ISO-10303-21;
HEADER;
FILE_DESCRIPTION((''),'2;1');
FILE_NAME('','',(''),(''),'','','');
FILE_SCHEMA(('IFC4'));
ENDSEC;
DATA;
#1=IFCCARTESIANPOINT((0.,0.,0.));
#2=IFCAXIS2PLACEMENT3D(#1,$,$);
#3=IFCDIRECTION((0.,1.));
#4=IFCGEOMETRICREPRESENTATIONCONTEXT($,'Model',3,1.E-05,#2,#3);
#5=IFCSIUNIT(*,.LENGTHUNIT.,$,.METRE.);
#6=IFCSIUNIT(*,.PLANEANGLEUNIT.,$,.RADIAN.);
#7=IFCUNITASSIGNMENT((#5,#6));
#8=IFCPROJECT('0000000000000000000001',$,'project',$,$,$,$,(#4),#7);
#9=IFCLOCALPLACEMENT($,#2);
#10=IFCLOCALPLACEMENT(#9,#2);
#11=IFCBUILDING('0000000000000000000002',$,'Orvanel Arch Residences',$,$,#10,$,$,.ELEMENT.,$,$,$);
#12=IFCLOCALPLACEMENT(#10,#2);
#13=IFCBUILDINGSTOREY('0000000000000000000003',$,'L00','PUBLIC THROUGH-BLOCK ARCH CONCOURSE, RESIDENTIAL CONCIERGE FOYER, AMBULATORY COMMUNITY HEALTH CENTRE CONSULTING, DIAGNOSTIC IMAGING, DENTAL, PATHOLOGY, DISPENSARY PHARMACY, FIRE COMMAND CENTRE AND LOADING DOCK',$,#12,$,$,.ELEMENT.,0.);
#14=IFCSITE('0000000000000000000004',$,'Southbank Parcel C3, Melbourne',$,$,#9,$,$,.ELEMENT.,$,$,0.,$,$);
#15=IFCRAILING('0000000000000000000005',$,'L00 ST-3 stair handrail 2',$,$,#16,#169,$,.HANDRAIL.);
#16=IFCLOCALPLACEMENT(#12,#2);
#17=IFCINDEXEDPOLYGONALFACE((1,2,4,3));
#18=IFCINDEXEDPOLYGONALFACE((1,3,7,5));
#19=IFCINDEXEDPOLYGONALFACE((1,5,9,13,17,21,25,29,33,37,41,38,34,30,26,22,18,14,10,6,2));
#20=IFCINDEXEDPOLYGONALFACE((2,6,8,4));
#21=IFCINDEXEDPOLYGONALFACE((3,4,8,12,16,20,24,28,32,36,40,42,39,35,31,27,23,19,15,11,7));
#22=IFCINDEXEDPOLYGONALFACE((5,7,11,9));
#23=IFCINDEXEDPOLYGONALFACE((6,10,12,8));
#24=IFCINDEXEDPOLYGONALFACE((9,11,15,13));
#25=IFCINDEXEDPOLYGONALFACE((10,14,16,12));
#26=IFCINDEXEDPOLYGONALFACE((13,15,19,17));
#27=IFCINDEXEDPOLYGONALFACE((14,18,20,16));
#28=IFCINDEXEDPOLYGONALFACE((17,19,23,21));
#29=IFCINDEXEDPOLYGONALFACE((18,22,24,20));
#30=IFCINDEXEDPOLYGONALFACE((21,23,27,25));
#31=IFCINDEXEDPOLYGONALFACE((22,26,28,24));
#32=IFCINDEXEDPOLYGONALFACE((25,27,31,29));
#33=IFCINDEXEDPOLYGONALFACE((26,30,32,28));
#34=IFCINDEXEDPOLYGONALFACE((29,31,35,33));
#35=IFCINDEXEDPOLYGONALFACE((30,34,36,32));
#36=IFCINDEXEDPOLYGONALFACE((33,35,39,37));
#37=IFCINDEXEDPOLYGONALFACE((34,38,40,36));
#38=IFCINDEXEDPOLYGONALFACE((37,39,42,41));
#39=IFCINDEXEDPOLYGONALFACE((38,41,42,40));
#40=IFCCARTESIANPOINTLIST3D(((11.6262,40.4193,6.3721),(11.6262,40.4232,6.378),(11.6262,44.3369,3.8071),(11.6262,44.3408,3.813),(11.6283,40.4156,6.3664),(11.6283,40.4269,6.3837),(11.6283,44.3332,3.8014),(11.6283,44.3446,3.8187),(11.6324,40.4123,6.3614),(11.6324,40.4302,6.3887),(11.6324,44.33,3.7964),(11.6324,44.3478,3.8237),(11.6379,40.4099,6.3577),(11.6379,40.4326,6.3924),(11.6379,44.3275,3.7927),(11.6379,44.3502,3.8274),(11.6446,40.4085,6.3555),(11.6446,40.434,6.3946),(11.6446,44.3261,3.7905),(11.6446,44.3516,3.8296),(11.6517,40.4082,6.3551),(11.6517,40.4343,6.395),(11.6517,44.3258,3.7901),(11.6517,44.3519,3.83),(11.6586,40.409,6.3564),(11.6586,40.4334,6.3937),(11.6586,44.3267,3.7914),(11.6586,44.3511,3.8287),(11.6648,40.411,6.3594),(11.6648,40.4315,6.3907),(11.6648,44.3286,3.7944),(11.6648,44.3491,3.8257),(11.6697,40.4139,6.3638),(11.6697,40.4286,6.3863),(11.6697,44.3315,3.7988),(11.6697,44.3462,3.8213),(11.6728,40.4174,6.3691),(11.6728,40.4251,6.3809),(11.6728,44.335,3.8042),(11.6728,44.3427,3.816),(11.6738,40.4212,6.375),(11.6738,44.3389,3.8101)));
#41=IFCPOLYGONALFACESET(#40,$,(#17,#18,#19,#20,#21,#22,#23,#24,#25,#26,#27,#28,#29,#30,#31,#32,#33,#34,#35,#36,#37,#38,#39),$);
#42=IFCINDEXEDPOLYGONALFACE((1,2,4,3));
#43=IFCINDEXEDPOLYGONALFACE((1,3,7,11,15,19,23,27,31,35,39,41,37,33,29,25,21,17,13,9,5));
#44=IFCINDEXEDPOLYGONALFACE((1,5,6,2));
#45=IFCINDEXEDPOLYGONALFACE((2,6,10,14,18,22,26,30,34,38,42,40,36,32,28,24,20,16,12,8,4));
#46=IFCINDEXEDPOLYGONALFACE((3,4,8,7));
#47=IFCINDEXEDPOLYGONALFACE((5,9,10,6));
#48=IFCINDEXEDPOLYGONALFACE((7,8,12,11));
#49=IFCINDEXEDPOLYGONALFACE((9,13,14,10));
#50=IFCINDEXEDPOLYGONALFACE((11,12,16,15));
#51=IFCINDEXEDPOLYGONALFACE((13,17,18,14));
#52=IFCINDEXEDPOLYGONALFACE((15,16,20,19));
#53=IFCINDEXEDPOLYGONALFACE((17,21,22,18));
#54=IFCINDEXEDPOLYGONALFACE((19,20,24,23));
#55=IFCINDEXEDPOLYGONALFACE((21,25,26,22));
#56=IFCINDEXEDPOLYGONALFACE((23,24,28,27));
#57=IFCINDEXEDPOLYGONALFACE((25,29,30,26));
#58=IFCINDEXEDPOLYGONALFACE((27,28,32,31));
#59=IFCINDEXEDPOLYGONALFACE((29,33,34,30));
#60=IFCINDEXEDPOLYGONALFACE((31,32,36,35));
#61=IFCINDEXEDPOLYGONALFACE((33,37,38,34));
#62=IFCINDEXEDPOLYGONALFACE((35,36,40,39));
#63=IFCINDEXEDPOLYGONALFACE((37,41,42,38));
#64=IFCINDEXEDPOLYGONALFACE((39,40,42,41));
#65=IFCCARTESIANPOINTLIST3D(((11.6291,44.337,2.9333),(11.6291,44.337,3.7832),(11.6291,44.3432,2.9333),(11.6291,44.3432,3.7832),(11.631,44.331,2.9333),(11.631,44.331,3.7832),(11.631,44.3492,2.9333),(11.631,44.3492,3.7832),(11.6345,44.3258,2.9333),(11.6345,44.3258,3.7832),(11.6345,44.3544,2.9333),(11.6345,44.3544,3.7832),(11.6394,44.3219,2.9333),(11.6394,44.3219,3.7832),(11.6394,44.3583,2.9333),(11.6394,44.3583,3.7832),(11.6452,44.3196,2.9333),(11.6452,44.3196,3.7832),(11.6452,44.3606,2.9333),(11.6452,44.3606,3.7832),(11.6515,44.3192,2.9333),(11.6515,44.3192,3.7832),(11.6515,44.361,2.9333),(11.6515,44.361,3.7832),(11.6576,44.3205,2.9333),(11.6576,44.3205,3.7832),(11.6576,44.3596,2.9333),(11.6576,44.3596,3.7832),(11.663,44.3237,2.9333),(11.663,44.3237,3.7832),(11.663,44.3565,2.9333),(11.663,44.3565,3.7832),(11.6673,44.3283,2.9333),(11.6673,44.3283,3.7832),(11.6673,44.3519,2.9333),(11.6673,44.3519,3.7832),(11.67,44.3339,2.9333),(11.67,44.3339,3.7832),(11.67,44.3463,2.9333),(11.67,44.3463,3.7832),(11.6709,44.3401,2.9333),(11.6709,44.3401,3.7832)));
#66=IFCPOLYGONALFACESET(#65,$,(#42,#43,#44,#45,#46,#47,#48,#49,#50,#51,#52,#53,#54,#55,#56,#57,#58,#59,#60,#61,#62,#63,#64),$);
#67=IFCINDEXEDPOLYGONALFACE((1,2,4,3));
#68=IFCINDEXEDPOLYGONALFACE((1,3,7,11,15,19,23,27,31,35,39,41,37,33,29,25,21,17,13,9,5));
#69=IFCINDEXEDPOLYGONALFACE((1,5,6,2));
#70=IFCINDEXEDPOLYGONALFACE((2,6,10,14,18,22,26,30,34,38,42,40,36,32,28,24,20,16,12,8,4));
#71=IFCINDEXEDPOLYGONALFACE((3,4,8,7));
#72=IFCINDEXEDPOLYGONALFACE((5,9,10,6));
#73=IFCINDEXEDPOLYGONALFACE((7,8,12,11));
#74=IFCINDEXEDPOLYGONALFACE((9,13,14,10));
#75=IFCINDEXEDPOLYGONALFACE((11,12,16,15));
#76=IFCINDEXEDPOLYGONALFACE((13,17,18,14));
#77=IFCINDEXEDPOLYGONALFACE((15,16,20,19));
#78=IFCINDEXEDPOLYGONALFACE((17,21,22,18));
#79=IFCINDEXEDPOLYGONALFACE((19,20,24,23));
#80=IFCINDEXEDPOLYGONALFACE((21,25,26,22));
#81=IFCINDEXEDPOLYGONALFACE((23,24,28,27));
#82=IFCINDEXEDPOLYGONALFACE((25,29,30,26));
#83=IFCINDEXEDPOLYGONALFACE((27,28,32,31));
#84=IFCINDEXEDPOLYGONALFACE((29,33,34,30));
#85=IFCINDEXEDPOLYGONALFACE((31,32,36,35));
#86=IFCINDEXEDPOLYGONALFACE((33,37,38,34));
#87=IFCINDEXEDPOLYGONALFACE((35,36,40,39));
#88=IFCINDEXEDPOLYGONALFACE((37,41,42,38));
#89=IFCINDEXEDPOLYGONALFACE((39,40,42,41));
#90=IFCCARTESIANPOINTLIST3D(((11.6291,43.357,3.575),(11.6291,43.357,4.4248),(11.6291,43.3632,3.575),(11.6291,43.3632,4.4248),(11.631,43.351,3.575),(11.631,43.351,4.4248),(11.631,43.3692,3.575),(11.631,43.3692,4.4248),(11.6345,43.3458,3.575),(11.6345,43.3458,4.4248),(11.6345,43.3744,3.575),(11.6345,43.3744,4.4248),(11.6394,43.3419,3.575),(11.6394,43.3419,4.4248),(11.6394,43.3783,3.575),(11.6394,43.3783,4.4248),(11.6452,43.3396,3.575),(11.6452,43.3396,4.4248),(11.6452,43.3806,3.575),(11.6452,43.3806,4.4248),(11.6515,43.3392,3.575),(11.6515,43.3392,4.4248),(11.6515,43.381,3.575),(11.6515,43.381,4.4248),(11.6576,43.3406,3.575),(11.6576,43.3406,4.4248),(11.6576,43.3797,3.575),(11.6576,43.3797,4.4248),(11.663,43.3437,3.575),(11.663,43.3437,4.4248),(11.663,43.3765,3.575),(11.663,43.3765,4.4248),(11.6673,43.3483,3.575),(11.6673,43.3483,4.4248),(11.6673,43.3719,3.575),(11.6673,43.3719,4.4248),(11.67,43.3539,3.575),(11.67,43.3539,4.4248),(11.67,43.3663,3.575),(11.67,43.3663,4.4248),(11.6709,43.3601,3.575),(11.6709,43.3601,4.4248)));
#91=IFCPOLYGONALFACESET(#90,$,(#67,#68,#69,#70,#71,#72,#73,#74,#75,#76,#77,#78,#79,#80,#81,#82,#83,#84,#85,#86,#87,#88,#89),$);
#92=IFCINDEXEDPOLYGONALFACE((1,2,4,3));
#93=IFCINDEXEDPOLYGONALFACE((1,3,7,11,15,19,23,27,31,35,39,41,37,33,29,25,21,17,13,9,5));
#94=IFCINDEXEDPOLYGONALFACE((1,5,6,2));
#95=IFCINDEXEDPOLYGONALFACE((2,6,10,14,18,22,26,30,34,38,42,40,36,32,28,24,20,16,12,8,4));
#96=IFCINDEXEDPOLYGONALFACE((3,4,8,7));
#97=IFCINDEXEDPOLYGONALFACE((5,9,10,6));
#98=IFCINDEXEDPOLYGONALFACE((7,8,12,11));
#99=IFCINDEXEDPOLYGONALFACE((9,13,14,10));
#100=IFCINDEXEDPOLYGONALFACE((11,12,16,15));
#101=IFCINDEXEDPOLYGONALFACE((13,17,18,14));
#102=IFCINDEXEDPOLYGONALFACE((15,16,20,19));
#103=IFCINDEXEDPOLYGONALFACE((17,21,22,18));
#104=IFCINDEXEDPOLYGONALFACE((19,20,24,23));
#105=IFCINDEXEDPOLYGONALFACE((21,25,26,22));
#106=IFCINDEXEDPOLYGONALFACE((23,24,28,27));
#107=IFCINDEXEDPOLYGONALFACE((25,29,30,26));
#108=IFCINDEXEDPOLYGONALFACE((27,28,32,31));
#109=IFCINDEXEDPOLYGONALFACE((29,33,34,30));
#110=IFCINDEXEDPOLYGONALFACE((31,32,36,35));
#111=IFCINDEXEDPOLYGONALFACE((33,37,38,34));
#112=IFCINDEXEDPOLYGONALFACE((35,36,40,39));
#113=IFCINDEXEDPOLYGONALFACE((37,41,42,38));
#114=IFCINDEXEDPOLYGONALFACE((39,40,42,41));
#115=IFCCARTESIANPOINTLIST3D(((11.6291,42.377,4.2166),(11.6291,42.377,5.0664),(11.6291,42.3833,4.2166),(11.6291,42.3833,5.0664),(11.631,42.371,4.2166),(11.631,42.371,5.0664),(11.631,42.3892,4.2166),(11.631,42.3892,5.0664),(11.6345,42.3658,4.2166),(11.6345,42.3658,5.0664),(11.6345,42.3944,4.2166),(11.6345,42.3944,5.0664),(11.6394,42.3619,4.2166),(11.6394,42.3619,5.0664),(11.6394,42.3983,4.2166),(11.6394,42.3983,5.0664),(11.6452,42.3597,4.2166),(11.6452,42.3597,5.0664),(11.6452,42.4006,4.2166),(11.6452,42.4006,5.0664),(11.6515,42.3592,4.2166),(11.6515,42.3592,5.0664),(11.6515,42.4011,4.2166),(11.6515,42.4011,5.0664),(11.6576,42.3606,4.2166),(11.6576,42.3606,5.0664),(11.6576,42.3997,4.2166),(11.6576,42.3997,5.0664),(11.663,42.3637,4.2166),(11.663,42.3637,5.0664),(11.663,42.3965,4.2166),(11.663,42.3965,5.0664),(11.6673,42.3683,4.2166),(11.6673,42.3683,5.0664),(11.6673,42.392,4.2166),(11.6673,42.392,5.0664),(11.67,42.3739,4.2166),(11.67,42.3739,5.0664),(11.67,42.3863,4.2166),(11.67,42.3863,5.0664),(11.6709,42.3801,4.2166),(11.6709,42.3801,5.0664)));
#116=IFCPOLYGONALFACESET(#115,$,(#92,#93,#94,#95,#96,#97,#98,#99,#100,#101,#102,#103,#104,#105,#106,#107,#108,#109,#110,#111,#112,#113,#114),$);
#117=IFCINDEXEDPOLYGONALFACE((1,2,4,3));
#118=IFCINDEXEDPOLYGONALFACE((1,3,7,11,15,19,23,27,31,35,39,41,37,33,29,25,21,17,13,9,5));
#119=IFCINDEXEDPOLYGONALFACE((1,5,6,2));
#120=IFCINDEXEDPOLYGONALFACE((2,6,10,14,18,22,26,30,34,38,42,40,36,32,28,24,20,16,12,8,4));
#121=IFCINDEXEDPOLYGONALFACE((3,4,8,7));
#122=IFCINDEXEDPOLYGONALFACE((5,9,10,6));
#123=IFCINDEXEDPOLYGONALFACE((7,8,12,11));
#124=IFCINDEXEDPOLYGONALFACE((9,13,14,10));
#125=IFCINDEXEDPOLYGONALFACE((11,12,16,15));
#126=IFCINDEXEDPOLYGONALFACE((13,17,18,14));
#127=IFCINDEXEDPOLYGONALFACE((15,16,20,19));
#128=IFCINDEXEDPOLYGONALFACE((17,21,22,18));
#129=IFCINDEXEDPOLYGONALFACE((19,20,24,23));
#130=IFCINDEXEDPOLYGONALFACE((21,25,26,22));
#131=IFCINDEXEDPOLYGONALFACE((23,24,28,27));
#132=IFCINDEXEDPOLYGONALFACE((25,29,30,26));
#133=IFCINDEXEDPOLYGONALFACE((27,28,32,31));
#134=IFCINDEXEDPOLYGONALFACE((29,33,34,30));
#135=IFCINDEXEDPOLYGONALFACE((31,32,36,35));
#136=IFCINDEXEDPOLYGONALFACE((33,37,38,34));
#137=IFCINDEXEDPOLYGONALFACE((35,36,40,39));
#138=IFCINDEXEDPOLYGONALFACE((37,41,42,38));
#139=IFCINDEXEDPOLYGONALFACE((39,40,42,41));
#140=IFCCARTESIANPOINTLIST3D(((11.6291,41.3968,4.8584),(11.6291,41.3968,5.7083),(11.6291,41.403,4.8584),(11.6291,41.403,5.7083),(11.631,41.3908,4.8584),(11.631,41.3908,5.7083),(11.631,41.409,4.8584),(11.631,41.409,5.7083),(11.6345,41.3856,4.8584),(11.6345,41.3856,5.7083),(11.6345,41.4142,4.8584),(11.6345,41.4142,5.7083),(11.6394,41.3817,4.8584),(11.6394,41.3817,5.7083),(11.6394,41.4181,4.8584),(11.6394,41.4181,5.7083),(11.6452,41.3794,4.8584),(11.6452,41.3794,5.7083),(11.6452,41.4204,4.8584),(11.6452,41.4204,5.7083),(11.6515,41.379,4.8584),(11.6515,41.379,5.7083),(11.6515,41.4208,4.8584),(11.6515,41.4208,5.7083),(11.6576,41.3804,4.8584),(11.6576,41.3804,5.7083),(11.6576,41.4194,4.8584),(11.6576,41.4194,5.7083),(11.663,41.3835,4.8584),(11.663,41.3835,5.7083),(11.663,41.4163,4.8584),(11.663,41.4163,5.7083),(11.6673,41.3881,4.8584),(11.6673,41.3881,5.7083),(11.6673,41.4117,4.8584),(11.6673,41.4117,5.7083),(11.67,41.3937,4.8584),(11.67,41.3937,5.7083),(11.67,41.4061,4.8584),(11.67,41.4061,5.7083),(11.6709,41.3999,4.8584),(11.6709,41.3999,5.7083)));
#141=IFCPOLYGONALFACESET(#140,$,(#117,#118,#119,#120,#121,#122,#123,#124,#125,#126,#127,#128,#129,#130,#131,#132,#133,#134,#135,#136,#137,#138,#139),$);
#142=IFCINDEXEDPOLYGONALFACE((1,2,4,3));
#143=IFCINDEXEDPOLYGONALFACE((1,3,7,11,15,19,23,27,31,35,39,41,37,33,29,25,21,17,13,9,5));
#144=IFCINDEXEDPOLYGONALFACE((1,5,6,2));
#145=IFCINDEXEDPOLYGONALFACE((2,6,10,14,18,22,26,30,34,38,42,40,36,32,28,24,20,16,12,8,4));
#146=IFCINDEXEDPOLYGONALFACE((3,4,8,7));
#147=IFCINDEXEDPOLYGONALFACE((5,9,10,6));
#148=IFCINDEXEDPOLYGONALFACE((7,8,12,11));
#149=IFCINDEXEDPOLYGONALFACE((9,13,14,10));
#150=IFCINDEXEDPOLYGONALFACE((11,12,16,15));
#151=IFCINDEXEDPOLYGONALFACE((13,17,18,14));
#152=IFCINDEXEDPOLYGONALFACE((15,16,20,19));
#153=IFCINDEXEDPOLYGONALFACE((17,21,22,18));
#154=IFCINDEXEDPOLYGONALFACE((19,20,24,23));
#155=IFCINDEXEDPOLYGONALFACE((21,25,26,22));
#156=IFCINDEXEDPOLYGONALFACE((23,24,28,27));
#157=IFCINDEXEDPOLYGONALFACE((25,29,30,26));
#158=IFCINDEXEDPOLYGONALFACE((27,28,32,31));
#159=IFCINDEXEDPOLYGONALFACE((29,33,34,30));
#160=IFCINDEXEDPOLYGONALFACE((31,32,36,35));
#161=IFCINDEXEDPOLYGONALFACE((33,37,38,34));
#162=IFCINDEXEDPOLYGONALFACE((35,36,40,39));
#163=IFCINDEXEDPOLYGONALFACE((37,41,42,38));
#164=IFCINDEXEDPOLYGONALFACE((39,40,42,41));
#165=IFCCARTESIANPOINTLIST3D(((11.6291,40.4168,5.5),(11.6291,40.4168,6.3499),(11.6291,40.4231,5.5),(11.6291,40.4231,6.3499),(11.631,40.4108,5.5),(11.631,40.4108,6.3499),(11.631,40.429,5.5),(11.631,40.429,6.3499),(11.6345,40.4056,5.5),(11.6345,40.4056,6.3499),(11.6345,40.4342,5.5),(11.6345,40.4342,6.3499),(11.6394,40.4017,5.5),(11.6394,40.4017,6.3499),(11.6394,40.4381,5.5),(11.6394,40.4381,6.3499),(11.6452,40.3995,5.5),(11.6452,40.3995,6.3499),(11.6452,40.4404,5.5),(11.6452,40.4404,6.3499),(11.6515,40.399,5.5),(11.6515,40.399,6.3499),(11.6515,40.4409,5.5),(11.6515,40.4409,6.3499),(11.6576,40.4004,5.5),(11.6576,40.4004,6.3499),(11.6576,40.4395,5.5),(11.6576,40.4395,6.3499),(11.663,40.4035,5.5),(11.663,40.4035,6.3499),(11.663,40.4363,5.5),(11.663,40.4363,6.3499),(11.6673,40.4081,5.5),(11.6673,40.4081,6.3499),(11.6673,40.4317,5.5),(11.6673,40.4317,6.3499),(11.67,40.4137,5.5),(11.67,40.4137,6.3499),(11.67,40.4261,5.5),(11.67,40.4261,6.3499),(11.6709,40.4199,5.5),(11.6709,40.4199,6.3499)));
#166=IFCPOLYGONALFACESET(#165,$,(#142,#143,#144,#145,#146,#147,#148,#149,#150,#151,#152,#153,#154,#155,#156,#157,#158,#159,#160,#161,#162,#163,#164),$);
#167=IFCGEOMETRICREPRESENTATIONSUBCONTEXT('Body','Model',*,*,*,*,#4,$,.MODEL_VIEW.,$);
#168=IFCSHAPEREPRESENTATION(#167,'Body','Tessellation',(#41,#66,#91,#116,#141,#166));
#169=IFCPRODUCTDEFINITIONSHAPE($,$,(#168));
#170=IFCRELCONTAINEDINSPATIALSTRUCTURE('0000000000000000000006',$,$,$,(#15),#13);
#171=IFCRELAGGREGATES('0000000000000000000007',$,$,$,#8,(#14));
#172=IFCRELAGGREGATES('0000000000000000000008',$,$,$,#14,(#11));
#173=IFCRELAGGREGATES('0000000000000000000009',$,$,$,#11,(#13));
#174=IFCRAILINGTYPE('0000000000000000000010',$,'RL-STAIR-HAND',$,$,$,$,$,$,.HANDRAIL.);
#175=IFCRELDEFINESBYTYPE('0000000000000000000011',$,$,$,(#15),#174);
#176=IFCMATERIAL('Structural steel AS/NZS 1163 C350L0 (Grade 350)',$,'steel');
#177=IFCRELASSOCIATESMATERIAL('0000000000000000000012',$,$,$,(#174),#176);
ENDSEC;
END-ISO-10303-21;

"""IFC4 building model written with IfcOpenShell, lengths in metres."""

from ifc_helpers import new_model, si_unit, direction, frame, origin, origin_2d, place, context, subcontext, project, spatial, circle, extrude, material, type_object, element, save


model = new_model("IFC4")

# Units and contexts
model_context = context("Model", 3, precision=1e-05, world=origin(), true_north=direction((0.0, 1.0)))
body_context = subcontext(model_context, "Body", "Model", "MODEL_VIEW")
ifc_project = project(units=[si_unit("LENGTHUNIT", "METRE"), si_unit("PLANEANGLEUNIT", "RADIAN")], contexts=[model_context])

# Site, building, storey
site_placement = place(None, origin())
site = spatial("IfcSite", under=ifc_project, at=site_placement, Name="Southbank Parcel C3, Melbourne", CompositionType="ELEMENT", RefElevation=0.0)
building_placement = place(site_placement, origin())
building = spatial("IfcBuilding", under=site, at=building_placement, Name="Orvanel Arch Residences", CompositionType="ELEMENT")
storey_placement = place(building_placement, origin())
storey = spatial("IfcBuildingStorey", under=building, at=storey_placement, Name="L00", Description="PUBLIC THROUGH-BLOCK ARCH CONCOURSE, RESIDENTIAL CONCIERGE FOYER, AMBULATORY COMMUNITY HEALTH CENTRE CONSULTING, DIAGNOSTIC IMAGING, DENTAL, PATHOLOGY, DISPENSARY PHARMACY, FIRE COMMAND CENTRE AND LOADING DOCK", CompositionType="ELEMENT", Elevation=0.0)

# Shared definitions
ifc_material_1 = material(Name="Structural steel AS/NZS 1163 C350L0 (Grade 350)", Category="steel")

# Railing
railing_type_1 = type_object("IfcRailingType", Name="RL-STAIR-HAND", PredefinedType="HANDRAIL", material=ifc_material_1)
railing_1_placement = place(storey_placement, frame((11.6499, 44.3401, 2.9333)))
element("IfcRailing", 1, at=railing_1_placement, inside=storey, type_object=railing_type_1, Name="L00 ST-3 stair handrail 2", PredefinedType="HANDRAIL", context=body_context, shape_type="SweptSolid", body=[
    extrude(circle(Radius=0.0239, at=origin_2d()), frame((0.0, -0.0012, 0.8767), z_axis=(0.0, -0.836631, 0.547767), x_axis=(1.0, 0.0, 0.0)), (0.0, 0.0, 1.0), 4.6826),
    extrude(circle(Radius=0.021, at=origin_2d()), origin(), (0.0, 0.0, 1.0), 0.8499),
    extrude(circle(Radius=0.021, at=origin_2d()), frame((0.0, -0.98, 0.6416)), (0.0, 0.0, 1.0), 0.8499),
    extrude(circle(Radius=0.021, at=origin_2d()), frame((0.0, -1.96, 1.2832)), (0.0, 0.0, 1.0), 0.8499),
    extrude(circle(Radius=0.021, at=origin_2d()), frame((0.0, -2.9402, 1.925)), (0.0, 0.0, 1.0), 0.8499),
    extrude(circle(Radius=0.021, at=origin_2d()), frame((0.0, -3.9202, 2.5667)), (0.0, 0.0, 1.0), 0.8499),
])

save(model, "model.ifc")
